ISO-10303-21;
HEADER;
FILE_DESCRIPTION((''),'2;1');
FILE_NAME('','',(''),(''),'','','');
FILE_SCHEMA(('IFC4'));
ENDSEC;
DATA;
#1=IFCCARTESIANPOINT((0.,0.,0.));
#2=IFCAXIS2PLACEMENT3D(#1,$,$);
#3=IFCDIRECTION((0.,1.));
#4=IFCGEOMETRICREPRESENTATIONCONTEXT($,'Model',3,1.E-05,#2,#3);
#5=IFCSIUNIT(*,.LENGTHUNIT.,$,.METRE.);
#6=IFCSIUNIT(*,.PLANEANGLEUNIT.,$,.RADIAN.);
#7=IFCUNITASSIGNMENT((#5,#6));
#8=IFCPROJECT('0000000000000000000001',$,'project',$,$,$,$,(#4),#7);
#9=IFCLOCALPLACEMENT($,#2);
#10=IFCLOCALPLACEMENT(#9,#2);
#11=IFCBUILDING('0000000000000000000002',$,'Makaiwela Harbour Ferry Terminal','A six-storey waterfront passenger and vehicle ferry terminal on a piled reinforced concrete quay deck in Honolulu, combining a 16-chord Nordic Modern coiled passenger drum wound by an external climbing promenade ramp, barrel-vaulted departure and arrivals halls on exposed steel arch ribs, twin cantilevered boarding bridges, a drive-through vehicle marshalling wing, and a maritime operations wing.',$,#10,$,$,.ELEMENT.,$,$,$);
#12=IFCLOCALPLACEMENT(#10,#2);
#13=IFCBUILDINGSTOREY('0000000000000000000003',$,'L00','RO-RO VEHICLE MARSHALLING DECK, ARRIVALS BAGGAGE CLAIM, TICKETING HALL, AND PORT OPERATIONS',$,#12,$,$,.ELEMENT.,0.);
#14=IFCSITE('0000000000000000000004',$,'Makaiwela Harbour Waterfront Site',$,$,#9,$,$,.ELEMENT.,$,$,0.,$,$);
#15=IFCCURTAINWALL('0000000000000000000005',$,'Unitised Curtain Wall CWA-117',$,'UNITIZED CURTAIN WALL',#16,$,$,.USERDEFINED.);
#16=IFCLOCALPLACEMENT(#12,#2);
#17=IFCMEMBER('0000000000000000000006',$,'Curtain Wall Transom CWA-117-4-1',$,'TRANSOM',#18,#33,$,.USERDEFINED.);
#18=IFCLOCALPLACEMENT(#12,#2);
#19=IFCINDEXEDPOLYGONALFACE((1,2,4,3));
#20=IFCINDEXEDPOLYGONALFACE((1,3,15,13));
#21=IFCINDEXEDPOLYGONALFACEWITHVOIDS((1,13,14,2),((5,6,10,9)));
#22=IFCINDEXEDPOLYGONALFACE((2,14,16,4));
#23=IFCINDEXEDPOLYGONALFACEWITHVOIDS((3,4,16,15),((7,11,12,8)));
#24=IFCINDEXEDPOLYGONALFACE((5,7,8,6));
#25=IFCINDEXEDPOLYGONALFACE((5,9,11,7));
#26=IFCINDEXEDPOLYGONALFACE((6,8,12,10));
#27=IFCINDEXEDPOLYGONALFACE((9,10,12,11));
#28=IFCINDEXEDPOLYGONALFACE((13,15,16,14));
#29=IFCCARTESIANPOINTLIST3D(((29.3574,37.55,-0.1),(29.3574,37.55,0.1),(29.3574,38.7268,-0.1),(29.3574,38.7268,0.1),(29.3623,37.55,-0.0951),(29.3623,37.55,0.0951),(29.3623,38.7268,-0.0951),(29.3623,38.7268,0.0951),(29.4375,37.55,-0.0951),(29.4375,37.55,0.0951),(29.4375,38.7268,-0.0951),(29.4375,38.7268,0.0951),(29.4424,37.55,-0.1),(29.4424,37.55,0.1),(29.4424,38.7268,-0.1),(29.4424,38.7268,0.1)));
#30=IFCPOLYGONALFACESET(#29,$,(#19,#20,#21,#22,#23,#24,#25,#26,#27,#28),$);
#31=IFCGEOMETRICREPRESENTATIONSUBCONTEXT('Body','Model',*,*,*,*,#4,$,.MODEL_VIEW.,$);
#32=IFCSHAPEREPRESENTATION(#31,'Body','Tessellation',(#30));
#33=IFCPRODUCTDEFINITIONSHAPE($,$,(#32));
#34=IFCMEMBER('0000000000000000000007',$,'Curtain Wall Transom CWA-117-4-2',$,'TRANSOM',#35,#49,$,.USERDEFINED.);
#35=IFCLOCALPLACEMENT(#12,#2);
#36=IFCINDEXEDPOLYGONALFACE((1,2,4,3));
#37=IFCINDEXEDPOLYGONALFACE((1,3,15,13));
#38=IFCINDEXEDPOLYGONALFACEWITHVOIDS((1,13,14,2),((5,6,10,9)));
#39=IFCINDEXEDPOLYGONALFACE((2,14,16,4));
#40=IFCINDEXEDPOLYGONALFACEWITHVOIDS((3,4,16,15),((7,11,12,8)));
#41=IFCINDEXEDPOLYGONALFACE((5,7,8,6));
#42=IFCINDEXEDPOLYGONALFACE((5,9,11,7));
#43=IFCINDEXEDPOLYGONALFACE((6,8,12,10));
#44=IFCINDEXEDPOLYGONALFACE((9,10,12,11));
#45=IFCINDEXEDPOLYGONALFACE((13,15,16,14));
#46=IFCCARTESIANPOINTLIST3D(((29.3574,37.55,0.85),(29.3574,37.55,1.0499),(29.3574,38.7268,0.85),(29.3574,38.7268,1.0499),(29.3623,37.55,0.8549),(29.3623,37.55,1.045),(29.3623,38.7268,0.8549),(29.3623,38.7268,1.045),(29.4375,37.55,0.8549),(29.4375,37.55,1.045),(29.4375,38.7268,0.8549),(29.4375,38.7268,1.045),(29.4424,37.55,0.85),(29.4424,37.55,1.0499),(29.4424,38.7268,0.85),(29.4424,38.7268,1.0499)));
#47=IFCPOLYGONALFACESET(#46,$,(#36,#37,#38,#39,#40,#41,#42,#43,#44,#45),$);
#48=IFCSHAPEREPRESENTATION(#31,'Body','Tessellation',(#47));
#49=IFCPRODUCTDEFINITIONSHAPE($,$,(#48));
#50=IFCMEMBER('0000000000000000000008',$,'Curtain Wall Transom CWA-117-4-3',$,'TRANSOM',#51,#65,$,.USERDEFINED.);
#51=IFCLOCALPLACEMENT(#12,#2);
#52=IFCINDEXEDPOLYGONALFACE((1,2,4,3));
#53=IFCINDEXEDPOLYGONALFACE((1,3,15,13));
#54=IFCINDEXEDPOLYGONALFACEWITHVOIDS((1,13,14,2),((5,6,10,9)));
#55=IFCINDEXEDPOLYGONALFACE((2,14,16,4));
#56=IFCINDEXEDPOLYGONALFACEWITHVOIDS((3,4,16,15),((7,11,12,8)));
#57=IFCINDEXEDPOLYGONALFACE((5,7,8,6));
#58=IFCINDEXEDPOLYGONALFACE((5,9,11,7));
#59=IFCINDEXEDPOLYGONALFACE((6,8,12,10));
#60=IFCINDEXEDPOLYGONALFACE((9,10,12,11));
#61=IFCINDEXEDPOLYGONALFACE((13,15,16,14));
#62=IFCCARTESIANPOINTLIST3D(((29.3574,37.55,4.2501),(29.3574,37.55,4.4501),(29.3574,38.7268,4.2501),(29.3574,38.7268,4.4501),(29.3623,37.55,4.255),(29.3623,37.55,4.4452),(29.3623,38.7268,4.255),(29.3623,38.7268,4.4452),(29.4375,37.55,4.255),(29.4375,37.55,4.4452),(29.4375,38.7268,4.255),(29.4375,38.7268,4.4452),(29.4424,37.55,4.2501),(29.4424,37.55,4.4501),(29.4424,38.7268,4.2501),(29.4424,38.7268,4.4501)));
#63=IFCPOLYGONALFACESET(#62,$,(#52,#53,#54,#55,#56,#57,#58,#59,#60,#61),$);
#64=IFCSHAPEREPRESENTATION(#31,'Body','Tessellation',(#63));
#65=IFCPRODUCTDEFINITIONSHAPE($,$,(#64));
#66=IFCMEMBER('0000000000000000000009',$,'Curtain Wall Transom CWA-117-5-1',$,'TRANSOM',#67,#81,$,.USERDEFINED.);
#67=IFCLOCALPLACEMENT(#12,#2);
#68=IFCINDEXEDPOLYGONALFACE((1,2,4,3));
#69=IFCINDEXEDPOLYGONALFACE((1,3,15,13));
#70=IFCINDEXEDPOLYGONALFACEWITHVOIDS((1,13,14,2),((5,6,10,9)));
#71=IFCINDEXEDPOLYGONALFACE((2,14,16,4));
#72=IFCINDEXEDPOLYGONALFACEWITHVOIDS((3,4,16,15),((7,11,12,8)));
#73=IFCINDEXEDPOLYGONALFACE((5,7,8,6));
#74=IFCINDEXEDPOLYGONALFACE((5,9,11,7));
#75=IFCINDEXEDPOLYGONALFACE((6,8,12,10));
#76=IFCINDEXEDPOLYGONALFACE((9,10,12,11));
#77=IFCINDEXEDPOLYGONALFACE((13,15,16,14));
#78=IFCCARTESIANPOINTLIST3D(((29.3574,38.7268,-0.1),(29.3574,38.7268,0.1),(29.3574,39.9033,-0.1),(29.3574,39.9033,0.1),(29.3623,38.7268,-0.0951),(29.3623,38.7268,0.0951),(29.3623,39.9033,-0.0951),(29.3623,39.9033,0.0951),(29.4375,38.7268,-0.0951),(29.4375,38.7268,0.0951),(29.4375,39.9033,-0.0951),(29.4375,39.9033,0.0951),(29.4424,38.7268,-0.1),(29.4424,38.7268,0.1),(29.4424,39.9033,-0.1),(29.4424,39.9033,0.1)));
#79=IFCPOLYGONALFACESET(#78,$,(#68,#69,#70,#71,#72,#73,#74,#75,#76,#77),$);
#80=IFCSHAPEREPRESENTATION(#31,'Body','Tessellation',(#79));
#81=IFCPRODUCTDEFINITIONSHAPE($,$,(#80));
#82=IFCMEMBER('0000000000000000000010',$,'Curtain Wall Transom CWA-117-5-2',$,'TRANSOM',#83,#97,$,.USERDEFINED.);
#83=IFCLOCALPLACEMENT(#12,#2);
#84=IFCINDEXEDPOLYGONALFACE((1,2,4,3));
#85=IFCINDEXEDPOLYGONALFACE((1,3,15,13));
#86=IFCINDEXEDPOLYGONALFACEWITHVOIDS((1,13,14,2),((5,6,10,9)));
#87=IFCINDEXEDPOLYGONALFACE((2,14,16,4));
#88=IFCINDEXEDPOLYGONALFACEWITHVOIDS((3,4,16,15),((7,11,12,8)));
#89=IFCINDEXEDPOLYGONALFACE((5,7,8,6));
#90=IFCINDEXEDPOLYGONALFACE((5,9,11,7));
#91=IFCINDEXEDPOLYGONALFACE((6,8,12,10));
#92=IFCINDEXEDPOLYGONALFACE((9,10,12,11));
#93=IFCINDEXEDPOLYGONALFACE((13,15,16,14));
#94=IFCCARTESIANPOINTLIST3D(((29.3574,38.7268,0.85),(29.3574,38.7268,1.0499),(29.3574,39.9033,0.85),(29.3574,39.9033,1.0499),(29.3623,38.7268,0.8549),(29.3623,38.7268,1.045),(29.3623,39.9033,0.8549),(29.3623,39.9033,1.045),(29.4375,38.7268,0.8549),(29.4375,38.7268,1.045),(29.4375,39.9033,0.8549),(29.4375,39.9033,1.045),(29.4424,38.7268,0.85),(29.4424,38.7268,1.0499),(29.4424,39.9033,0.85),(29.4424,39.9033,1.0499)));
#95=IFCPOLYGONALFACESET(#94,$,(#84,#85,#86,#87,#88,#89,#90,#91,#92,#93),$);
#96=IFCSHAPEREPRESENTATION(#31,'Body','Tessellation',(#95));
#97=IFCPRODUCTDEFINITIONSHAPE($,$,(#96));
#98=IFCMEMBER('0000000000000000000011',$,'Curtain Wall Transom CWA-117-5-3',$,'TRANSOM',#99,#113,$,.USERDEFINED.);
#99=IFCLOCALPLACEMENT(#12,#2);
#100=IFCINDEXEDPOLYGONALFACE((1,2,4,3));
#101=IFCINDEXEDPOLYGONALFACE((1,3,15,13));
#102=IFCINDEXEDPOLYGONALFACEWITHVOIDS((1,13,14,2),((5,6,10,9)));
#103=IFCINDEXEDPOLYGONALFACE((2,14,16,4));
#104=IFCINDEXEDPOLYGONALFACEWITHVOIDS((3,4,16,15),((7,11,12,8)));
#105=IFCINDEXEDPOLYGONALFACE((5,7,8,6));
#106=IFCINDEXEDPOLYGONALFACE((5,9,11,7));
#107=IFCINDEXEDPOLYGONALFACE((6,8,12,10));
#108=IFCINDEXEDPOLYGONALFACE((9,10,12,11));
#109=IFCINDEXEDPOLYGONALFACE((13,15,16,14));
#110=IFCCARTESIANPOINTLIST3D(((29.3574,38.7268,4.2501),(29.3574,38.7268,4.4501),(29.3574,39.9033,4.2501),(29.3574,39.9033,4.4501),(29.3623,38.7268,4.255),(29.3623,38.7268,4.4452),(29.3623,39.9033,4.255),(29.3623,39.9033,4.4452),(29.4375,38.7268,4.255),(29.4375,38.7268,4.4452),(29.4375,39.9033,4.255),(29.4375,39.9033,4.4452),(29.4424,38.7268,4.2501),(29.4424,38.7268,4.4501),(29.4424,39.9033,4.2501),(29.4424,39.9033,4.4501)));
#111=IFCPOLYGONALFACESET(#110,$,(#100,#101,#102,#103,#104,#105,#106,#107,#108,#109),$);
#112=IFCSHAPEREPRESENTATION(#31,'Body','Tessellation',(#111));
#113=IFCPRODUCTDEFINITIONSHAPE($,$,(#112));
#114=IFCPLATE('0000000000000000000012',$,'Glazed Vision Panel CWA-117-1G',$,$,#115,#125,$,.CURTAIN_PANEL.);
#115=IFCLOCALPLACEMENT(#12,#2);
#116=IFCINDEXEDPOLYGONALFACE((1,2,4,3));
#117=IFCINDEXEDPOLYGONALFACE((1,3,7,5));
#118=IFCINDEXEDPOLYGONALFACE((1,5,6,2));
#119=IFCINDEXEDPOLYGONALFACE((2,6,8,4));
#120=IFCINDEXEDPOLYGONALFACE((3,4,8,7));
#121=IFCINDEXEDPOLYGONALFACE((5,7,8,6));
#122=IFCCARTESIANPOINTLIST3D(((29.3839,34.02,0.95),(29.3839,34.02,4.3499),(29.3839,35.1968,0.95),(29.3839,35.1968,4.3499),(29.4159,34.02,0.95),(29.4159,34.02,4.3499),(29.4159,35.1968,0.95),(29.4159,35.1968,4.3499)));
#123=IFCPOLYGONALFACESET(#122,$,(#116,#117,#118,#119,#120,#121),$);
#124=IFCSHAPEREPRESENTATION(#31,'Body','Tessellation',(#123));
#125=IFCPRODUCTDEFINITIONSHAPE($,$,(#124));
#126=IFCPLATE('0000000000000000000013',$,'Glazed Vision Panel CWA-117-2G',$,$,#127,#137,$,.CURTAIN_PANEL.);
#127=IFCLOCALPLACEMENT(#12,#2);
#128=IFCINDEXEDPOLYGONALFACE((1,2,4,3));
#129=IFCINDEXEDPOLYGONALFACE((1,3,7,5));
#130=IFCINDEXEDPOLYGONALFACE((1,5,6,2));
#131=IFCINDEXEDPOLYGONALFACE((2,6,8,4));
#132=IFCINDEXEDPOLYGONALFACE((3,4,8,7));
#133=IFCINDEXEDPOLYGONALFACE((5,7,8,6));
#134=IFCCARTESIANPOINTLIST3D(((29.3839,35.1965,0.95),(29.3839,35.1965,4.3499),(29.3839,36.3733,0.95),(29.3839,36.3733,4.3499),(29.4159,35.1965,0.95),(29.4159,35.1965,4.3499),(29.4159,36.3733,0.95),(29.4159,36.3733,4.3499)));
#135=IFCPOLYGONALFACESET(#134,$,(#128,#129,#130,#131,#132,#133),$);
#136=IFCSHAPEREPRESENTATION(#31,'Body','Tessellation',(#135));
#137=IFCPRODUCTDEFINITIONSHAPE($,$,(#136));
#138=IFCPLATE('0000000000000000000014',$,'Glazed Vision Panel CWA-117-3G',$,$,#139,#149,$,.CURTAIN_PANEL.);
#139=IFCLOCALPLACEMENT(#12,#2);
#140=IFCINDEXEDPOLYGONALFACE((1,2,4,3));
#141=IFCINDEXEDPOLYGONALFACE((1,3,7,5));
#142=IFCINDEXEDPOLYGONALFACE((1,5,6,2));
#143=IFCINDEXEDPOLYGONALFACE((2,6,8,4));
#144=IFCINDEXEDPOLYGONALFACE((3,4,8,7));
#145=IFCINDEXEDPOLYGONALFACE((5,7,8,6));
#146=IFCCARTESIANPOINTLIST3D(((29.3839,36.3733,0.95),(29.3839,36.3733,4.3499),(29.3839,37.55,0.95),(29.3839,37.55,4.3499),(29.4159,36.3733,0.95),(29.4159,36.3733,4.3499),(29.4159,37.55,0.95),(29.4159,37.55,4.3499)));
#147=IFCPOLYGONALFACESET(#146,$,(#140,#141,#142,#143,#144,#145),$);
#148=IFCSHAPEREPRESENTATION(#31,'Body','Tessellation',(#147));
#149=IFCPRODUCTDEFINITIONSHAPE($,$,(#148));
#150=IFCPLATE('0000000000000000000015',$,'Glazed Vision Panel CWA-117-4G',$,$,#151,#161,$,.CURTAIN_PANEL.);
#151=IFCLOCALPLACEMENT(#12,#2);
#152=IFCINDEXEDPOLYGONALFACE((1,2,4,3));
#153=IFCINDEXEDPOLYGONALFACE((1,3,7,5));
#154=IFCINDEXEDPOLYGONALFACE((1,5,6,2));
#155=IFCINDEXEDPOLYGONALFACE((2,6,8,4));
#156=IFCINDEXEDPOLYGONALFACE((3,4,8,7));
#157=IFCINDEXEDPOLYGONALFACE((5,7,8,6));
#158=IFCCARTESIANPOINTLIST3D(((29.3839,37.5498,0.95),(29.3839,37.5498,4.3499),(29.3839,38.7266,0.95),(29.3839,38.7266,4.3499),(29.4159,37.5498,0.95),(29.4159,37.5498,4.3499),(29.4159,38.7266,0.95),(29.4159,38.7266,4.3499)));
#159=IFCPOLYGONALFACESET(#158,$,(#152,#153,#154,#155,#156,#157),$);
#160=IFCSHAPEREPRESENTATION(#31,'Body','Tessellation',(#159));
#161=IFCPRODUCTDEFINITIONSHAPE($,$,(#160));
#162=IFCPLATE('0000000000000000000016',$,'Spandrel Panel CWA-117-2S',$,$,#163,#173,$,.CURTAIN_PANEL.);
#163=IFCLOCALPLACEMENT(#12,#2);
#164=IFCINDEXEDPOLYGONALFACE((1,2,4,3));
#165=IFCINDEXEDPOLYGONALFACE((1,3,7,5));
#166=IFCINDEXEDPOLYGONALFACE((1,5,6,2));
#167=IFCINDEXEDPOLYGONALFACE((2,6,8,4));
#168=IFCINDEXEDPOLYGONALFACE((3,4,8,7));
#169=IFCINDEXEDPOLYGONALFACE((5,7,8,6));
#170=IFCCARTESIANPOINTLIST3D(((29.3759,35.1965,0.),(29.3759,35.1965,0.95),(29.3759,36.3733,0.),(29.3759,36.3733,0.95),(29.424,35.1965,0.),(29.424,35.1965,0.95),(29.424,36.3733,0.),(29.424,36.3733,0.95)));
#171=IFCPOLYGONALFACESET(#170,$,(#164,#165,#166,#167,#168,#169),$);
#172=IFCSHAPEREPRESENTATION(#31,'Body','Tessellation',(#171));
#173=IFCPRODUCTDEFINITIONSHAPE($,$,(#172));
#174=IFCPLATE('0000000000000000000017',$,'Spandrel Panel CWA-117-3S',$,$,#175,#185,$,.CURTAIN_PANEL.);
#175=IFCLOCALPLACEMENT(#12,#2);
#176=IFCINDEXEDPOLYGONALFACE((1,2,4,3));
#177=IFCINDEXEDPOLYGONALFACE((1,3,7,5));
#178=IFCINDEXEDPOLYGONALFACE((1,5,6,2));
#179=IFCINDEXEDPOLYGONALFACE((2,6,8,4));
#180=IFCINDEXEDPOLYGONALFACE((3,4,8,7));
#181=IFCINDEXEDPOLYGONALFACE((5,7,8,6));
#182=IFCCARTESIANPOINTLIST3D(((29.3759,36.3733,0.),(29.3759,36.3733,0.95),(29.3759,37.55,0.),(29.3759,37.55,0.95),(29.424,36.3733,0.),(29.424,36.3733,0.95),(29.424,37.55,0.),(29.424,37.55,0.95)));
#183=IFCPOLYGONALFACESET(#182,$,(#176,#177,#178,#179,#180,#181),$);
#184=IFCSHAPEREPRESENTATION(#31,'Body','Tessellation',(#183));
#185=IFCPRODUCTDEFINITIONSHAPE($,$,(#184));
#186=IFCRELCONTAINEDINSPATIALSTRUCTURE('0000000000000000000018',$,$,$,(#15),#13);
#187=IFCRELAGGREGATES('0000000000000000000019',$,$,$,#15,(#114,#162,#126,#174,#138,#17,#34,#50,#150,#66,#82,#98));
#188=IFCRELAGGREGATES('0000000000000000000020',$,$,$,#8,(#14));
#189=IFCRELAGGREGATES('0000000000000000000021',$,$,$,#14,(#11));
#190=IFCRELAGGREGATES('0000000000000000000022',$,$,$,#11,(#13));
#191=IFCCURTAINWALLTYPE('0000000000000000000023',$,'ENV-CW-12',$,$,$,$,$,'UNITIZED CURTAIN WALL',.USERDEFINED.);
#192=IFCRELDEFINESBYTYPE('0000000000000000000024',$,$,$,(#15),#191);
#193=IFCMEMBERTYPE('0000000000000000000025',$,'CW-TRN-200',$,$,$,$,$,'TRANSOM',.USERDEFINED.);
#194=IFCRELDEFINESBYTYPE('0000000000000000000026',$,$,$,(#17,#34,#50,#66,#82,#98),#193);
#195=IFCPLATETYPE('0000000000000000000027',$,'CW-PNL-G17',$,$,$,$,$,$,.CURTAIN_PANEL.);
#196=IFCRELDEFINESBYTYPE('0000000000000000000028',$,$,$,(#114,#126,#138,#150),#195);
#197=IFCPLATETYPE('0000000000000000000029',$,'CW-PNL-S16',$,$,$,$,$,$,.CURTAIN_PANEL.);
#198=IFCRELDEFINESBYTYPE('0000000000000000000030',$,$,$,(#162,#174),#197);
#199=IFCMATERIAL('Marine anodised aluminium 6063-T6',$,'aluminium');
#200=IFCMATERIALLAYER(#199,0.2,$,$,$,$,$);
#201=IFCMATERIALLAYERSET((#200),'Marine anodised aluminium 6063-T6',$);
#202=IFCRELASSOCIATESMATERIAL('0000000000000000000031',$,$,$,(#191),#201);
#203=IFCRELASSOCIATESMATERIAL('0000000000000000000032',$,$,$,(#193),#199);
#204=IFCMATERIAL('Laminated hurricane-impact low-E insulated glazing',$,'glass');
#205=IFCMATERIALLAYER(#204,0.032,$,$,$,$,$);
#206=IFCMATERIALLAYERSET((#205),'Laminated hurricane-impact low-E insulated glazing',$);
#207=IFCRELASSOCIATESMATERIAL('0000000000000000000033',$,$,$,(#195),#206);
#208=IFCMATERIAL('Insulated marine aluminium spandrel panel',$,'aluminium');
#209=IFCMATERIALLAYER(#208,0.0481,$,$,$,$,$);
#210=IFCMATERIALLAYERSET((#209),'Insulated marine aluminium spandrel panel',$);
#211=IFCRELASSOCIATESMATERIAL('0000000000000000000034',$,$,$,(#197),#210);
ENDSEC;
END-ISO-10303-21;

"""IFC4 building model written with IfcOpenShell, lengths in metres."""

from ifc_helpers import new_model, si_unit, direction, frame, origin, origin_2d, place, context, subcontext, project, spatial, rectangle, hollow_rectangle, extrude, material, layer, layer_set, material_profile, profile_set, type_object, element, aggregate, save


model = new_model("IFC4")

# Units and contexts
model_context = context("Model", 3, precision=1e-05, world=origin(), true_north=direction((0.0, 1.0)))
body_context = subcontext(model_context, "Body", "Model", "MODEL_VIEW")
ifc_project = project(units=[si_unit("LENGTHUNIT", "METRE"), si_unit("PLANEANGLEUNIT", "RADIAN")], contexts=[model_context])

# Site, building, storey
site_placement = place(None, origin())
site = spatial("IfcSite", under=ifc_project, at=site_placement, Name="Makaiwela Harbour Waterfront Site", CompositionType="ELEMENT", RefElevation=0.0)
building_placement = place(site_placement, origin())
building = spatial("IfcBuilding", under=site, at=building_placement, Name="Makaiwela Harbour Ferry Terminal", Description="A six-storey waterfront passenger and vehicle ferry terminal on a piled reinforced concrete quay deck in Honolulu, combining a 16-chord Nordic Modern coiled passenger drum wound by an external climbing promenade ramp, barrel-vaulted departure and arrivals halls on exposed steel arch ribs, twin cantilevered boarding bridges, a drive-through vehicle marshalling wing, and a maritime operations wing.", CompositionType="ELEMENT")
storey_placement = place(building_placement, origin())
storey = spatial("IfcBuildingStorey", under=building, at=storey_placement, Name="L00", Description="RO-RO VEHICLE MARSHALLING DECK, ARRIVALS BAGGAGE CLAIM, TICKETING HALL, AND PORT OPERATIONS", CompositionType="ELEMENT", Elevation=0.0)

# Curtain wall, members, plates
ifc_material_1 = material(Name="Marine anodised aluminium 6063-T6", Category="aluminium")
ifc_layer_1 = layer(ifc_material_1, 0.2)
ifc_layer_set_1 = layer_set([ifc_layer_1], Name="Marine anodised aluminium 6063-T6")
curtain_wall_type = type_object("IfcCurtainWallType", Name="ENV-CW-12", ElementType="UNITIZED CURTAIN WALL", PredefinedType="USERDEFINED", material=ifc_layer_set_1)
curtain_wall_placement = place(storey_placement, origin())
curtain_wall = element("IfcCurtainWall", 1, at=curtain_wall_placement, inside=storey, type_object=curtain_wall_type, Name="Unitised Curtain Wall CWA-117", ObjectType="UNITIZED CURTAIN WALL", PredefinedType="USERDEFINED")
ifc_material_profile_1 = material_profile(ifc_material_1, hollow_rectangle(XDim=0.085, YDim=0.2, WallThickness=0.0049, at=origin_2d()), Name="CWT-200X85")
ifc_profile_set_1 = profile_set([ifc_material_profile_1], Name="Marine anodised aluminium 6063-T6")
member_type_1 = type_object("IfcMemberType", Name="CW-TRN-200", ElementType="TRANSOM", PredefinedType="USERDEFINED", material=ifc_profile_set_1)
member_1_placement = place(storey_placement, frame((29.3999, 37.55, 0.0), z_axis=(0.0, 1.0, 0.0), x_axis=(-1.0, 0.0, 0.0)))
member_1 = element("IfcMember", 2, at=member_1_placement, type_object=member_type_1, Name="Curtain Wall Transom CWA-117-4-1", ObjectType="TRANSOM", PredefinedType="USERDEFINED", context=body_context, shape_type="SweptSolid", body=[
    extrude(hollow_rectangle(XDim=0.085, YDim=0.2, WallThickness=0.0049, at=origin_2d()), origin(), (0.0, 0.0, 1.0), 1.1768),
])
member_2_placement = place(storey_placement, frame((29.3999, 37.55, 0.95), z_axis=(0.0, 1.0, 0.0), x_axis=(-1.0, 0.0, 0.0)))
member_2 = element("IfcMember", 3, at=member_2_placement, type_object=member_type_1, Name="Curtain Wall Transom CWA-117-4-2", ObjectType="TRANSOM", PredefinedType="USERDEFINED", context=body_context, shape_type="SweptSolid", body=[
    extrude(hollow_rectangle(XDim=0.085, YDim=0.2, WallThickness=0.0049, at=origin_2d()), origin(), (0.0, 0.0, 1.0), 1.1768),
])
member_3_placement = place(storey_placement, frame((29.3999, 37.55, 4.3501), z_axis=(0.0, 1.0, 0.0), x_axis=(-1.0, 0.0, 0.0)))
member_3 = element("IfcMember", 4, at=member_3_placement, type_object=member_type_1, Name="Curtain Wall Transom CWA-117-4-3", ObjectType="TRANSOM", PredefinedType="USERDEFINED", context=body_context, shape_type="SweptSolid", body=[
    extrude(hollow_rectangle(XDim=0.085, YDim=0.2, WallThickness=0.0049, at=origin_2d()), origin(), (0.0, 0.0, 1.0), 1.1768),
])
member_4_placement = place(storey_placement, frame((29.3999, 38.7268, 0.0), z_axis=(0.0, 1.0, 0.0), x_axis=(-1.0, 0.0, 0.0)))
member_4 = element("IfcMember", 5, at=member_4_placement, type_object=member_type_1, Name="Curtain Wall Transom CWA-117-5-1", ObjectType="TRANSOM", PredefinedType="USERDEFINED", context=body_context, shape_type="SweptSolid", body=[
    extrude(hollow_rectangle(XDim=0.085, YDim=0.2, WallThickness=0.0049, at=origin_2d()), origin(), (0.0, 0.0, 1.0), 1.1765),
])
member_5_placement = place(storey_placement, frame((29.3999, 38.7268, 0.95), z_axis=(0.0, 1.0, 0.0), x_axis=(-1.0, 0.0, 0.0)))
member_5 = element("IfcMember", 6, at=member_5_placement, type_object=member_type_1, Name="Curtain Wall Transom CWA-117-5-2", ObjectType="TRANSOM", PredefinedType="USERDEFINED", context=body_context, shape_type="SweptSolid", body=[
    extrude(hollow_rectangle(XDim=0.085, YDim=0.2, WallThickness=0.0049, at=origin_2d()), origin(), (0.0, 0.0, 1.0), 1.1765),
])
member_6_placement = place(storey_placement, frame((29.3999, 38.7268, 4.3501), z_axis=(0.0, 1.0, 0.0), x_axis=(-1.0, 0.0, 0.0)))
member_6 = element("IfcMember", 7, at=member_6_placement, type_object=member_type_1, Name="Curtain Wall Transom CWA-117-5-3", ObjectType="TRANSOM", PredefinedType="USERDEFINED", context=body_context, shape_type="SweptSolid", body=[
    extrude(hollow_rectangle(XDim=0.085, YDim=0.2, WallThickness=0.0049, at=origin_2d()), origin(), (0.0, 0.0, 1.0), 1.1765),
])
ifc_material_2 = material(Name="Laminated hurricane-impact low-E insulated glazing", Category="glass")
ifc_layer_2 = layer(ifc_material_2, 0.032)
ifc_layer_set_2 = layer_set([ifc_layer_2], Name="Laminated hurricane-impact low-E insulated glazing")
plate_type_1 = type_object("IfcPlateType", Name="CW-PNL-G17", PredefinedType="CURTAIN_PANEL", material=ifc_layer_set_2)
plate_1_placement = place(storey_placement, frame((29.3999, 34.6084, 0.95), z_axis=(0.0, 0.0, 1.0), x_axis=(0.0, 1.0, 0.0)))
plate_1 = element("IfcPlate", 8, at=plate_1_placement, type_object=plate_type_1, Name="Glazed Vision Panel CWA-117-1G", PredefinedType="CURTAIN_PANEL", context=body_context, shape_type="SweptSolid", body=[
    extrude(rectangle(XDim=1.1768, YDim=0.032, at=origin_2d()), origin(), (0.0, 0.0, 1.0), 3.3999),
])
plate_2_placement = place(storey_placement, frame((29.3999, 35.7849, 0.95), z_axis=(0.0, 0.0, 1.0), x_axis=(0.0, 1.0, 0.0)))
plate_2 = element("IfcPlate", 9, at=plate_2_placement, type_object=plate_type_1, Name="Glazed Vision Panel CWA-117-2G", PredefinedType="CURTAIN_PANEL", context=body_context, shape_type="SweptSolid", body=[
    extrude(rectangle(XDim=1.1768, YDim=0.032, at=origin_2d()), origin(), (0.0, 0.0, 1.0), 3.3999),
])
plate_3_placement = place(storey_placement, frame((29.3999, 36.9617, 0.95), z_axis=(0.0, 0.0, 1.0), x_axis=(0.0, 1.0, 0.0)))
plate_3 = element("IfcPlate", 10, at=plate_3_placement, type_object=plate_type_1, Name="Glazed Vision Panel CWA-117-3G", PredefinedType="CURTAIN_PANEL", context=body_context, shape_type="SweptSolid", body=[
    extrude(rectangle(XDim=1.1768, YDim=0.032, at=origin_2d()), origin(), (0.0, 0.0, 1.0), 3.3999),
])
plate_4_placement = place(storey_placement, frame((29.3999, 38.1382, 0.95), z_axis=(0.0, 0.0, 1.0), x_axis=(0.0, 1.0, 0.0)))
plate_4 = element("IfcPlate", 11, at=plate_4_placement, type_object=plate_type_1, Name="Glazed Vision Panel CWA-117-4G", PredefinedType="CURTAIN_PANEL", context=body_context, shape_type="SweptSolid", body=[
    extrude(rectangle(XDim=1.1768, YDim=0.032, at=origin_2d()), origin(), (0.0, 0.0, 1.0), 3.3999),
])
ifc_material_3 = material(Name="Insulated marine aluminium spandrel panel", Category="aluminium")
ifc_layer_3 = layer(ifc_material_3, 0.0481)
ifc_layer_set_3 = layer_set([ifc_layer_3], Name="Insulated marine aluminium spandrel panel")
plate_type_2 = type_object("IfcPlateType", Name="CW-PNL-S16", PredefinedType="CURTAIN_PANEL", material=ifc_layer_set_3)
plate_5_placement = place(storey_placement, frame((29.3999, 35.7849, 0.0), z_axis=(0.0, 0.0, 1.0), x_axis=(0.0, 1.0, 0.0)))
plate_5 = element("IfcPlate", 12, at=plate_5_placement, type_object=plate_type_2, Name="Spandrel Panel CWA-117-2S", PredefinedType="CURTAIN_PANEL", context=body_context, shape_type="SweptSolid", body=[
    extrude(rectangle(XDim=1.1768, YDim=0.0481, at=origin_2d()), origin(), (0.0, 0.0, 1.0), 0.95),
])
plate_6_placement = place(storey_placement, frame((29.3999, 36.9617, 0.0), z_axis=(0.0, 0.0, 1.0), x_axis=(0.0, 1.0, 0.0)))
plate_6 = element("IfcPlate", 13, at=plate_6_placement, type_object=plate_type_2, Name="Spandrel Panel CWA-117-3S", PredefinedType="CURTAIN_PANEL", context=body_context, shape_type="SweptSolid", body=[
    extrude(rectangle(XDim=1.1768, YDim=0.0481, at=origin_2d()), origin(), (0.0, 0.0, 1.0), 0.95),
])
aggregate(curtain_wall, [plate_1, plate_5, plate_2, plate_6, plate_3, member_1, member_2, member_3, plate_4, member_4, member_5, member_6])

save(model, "model.ifc")
